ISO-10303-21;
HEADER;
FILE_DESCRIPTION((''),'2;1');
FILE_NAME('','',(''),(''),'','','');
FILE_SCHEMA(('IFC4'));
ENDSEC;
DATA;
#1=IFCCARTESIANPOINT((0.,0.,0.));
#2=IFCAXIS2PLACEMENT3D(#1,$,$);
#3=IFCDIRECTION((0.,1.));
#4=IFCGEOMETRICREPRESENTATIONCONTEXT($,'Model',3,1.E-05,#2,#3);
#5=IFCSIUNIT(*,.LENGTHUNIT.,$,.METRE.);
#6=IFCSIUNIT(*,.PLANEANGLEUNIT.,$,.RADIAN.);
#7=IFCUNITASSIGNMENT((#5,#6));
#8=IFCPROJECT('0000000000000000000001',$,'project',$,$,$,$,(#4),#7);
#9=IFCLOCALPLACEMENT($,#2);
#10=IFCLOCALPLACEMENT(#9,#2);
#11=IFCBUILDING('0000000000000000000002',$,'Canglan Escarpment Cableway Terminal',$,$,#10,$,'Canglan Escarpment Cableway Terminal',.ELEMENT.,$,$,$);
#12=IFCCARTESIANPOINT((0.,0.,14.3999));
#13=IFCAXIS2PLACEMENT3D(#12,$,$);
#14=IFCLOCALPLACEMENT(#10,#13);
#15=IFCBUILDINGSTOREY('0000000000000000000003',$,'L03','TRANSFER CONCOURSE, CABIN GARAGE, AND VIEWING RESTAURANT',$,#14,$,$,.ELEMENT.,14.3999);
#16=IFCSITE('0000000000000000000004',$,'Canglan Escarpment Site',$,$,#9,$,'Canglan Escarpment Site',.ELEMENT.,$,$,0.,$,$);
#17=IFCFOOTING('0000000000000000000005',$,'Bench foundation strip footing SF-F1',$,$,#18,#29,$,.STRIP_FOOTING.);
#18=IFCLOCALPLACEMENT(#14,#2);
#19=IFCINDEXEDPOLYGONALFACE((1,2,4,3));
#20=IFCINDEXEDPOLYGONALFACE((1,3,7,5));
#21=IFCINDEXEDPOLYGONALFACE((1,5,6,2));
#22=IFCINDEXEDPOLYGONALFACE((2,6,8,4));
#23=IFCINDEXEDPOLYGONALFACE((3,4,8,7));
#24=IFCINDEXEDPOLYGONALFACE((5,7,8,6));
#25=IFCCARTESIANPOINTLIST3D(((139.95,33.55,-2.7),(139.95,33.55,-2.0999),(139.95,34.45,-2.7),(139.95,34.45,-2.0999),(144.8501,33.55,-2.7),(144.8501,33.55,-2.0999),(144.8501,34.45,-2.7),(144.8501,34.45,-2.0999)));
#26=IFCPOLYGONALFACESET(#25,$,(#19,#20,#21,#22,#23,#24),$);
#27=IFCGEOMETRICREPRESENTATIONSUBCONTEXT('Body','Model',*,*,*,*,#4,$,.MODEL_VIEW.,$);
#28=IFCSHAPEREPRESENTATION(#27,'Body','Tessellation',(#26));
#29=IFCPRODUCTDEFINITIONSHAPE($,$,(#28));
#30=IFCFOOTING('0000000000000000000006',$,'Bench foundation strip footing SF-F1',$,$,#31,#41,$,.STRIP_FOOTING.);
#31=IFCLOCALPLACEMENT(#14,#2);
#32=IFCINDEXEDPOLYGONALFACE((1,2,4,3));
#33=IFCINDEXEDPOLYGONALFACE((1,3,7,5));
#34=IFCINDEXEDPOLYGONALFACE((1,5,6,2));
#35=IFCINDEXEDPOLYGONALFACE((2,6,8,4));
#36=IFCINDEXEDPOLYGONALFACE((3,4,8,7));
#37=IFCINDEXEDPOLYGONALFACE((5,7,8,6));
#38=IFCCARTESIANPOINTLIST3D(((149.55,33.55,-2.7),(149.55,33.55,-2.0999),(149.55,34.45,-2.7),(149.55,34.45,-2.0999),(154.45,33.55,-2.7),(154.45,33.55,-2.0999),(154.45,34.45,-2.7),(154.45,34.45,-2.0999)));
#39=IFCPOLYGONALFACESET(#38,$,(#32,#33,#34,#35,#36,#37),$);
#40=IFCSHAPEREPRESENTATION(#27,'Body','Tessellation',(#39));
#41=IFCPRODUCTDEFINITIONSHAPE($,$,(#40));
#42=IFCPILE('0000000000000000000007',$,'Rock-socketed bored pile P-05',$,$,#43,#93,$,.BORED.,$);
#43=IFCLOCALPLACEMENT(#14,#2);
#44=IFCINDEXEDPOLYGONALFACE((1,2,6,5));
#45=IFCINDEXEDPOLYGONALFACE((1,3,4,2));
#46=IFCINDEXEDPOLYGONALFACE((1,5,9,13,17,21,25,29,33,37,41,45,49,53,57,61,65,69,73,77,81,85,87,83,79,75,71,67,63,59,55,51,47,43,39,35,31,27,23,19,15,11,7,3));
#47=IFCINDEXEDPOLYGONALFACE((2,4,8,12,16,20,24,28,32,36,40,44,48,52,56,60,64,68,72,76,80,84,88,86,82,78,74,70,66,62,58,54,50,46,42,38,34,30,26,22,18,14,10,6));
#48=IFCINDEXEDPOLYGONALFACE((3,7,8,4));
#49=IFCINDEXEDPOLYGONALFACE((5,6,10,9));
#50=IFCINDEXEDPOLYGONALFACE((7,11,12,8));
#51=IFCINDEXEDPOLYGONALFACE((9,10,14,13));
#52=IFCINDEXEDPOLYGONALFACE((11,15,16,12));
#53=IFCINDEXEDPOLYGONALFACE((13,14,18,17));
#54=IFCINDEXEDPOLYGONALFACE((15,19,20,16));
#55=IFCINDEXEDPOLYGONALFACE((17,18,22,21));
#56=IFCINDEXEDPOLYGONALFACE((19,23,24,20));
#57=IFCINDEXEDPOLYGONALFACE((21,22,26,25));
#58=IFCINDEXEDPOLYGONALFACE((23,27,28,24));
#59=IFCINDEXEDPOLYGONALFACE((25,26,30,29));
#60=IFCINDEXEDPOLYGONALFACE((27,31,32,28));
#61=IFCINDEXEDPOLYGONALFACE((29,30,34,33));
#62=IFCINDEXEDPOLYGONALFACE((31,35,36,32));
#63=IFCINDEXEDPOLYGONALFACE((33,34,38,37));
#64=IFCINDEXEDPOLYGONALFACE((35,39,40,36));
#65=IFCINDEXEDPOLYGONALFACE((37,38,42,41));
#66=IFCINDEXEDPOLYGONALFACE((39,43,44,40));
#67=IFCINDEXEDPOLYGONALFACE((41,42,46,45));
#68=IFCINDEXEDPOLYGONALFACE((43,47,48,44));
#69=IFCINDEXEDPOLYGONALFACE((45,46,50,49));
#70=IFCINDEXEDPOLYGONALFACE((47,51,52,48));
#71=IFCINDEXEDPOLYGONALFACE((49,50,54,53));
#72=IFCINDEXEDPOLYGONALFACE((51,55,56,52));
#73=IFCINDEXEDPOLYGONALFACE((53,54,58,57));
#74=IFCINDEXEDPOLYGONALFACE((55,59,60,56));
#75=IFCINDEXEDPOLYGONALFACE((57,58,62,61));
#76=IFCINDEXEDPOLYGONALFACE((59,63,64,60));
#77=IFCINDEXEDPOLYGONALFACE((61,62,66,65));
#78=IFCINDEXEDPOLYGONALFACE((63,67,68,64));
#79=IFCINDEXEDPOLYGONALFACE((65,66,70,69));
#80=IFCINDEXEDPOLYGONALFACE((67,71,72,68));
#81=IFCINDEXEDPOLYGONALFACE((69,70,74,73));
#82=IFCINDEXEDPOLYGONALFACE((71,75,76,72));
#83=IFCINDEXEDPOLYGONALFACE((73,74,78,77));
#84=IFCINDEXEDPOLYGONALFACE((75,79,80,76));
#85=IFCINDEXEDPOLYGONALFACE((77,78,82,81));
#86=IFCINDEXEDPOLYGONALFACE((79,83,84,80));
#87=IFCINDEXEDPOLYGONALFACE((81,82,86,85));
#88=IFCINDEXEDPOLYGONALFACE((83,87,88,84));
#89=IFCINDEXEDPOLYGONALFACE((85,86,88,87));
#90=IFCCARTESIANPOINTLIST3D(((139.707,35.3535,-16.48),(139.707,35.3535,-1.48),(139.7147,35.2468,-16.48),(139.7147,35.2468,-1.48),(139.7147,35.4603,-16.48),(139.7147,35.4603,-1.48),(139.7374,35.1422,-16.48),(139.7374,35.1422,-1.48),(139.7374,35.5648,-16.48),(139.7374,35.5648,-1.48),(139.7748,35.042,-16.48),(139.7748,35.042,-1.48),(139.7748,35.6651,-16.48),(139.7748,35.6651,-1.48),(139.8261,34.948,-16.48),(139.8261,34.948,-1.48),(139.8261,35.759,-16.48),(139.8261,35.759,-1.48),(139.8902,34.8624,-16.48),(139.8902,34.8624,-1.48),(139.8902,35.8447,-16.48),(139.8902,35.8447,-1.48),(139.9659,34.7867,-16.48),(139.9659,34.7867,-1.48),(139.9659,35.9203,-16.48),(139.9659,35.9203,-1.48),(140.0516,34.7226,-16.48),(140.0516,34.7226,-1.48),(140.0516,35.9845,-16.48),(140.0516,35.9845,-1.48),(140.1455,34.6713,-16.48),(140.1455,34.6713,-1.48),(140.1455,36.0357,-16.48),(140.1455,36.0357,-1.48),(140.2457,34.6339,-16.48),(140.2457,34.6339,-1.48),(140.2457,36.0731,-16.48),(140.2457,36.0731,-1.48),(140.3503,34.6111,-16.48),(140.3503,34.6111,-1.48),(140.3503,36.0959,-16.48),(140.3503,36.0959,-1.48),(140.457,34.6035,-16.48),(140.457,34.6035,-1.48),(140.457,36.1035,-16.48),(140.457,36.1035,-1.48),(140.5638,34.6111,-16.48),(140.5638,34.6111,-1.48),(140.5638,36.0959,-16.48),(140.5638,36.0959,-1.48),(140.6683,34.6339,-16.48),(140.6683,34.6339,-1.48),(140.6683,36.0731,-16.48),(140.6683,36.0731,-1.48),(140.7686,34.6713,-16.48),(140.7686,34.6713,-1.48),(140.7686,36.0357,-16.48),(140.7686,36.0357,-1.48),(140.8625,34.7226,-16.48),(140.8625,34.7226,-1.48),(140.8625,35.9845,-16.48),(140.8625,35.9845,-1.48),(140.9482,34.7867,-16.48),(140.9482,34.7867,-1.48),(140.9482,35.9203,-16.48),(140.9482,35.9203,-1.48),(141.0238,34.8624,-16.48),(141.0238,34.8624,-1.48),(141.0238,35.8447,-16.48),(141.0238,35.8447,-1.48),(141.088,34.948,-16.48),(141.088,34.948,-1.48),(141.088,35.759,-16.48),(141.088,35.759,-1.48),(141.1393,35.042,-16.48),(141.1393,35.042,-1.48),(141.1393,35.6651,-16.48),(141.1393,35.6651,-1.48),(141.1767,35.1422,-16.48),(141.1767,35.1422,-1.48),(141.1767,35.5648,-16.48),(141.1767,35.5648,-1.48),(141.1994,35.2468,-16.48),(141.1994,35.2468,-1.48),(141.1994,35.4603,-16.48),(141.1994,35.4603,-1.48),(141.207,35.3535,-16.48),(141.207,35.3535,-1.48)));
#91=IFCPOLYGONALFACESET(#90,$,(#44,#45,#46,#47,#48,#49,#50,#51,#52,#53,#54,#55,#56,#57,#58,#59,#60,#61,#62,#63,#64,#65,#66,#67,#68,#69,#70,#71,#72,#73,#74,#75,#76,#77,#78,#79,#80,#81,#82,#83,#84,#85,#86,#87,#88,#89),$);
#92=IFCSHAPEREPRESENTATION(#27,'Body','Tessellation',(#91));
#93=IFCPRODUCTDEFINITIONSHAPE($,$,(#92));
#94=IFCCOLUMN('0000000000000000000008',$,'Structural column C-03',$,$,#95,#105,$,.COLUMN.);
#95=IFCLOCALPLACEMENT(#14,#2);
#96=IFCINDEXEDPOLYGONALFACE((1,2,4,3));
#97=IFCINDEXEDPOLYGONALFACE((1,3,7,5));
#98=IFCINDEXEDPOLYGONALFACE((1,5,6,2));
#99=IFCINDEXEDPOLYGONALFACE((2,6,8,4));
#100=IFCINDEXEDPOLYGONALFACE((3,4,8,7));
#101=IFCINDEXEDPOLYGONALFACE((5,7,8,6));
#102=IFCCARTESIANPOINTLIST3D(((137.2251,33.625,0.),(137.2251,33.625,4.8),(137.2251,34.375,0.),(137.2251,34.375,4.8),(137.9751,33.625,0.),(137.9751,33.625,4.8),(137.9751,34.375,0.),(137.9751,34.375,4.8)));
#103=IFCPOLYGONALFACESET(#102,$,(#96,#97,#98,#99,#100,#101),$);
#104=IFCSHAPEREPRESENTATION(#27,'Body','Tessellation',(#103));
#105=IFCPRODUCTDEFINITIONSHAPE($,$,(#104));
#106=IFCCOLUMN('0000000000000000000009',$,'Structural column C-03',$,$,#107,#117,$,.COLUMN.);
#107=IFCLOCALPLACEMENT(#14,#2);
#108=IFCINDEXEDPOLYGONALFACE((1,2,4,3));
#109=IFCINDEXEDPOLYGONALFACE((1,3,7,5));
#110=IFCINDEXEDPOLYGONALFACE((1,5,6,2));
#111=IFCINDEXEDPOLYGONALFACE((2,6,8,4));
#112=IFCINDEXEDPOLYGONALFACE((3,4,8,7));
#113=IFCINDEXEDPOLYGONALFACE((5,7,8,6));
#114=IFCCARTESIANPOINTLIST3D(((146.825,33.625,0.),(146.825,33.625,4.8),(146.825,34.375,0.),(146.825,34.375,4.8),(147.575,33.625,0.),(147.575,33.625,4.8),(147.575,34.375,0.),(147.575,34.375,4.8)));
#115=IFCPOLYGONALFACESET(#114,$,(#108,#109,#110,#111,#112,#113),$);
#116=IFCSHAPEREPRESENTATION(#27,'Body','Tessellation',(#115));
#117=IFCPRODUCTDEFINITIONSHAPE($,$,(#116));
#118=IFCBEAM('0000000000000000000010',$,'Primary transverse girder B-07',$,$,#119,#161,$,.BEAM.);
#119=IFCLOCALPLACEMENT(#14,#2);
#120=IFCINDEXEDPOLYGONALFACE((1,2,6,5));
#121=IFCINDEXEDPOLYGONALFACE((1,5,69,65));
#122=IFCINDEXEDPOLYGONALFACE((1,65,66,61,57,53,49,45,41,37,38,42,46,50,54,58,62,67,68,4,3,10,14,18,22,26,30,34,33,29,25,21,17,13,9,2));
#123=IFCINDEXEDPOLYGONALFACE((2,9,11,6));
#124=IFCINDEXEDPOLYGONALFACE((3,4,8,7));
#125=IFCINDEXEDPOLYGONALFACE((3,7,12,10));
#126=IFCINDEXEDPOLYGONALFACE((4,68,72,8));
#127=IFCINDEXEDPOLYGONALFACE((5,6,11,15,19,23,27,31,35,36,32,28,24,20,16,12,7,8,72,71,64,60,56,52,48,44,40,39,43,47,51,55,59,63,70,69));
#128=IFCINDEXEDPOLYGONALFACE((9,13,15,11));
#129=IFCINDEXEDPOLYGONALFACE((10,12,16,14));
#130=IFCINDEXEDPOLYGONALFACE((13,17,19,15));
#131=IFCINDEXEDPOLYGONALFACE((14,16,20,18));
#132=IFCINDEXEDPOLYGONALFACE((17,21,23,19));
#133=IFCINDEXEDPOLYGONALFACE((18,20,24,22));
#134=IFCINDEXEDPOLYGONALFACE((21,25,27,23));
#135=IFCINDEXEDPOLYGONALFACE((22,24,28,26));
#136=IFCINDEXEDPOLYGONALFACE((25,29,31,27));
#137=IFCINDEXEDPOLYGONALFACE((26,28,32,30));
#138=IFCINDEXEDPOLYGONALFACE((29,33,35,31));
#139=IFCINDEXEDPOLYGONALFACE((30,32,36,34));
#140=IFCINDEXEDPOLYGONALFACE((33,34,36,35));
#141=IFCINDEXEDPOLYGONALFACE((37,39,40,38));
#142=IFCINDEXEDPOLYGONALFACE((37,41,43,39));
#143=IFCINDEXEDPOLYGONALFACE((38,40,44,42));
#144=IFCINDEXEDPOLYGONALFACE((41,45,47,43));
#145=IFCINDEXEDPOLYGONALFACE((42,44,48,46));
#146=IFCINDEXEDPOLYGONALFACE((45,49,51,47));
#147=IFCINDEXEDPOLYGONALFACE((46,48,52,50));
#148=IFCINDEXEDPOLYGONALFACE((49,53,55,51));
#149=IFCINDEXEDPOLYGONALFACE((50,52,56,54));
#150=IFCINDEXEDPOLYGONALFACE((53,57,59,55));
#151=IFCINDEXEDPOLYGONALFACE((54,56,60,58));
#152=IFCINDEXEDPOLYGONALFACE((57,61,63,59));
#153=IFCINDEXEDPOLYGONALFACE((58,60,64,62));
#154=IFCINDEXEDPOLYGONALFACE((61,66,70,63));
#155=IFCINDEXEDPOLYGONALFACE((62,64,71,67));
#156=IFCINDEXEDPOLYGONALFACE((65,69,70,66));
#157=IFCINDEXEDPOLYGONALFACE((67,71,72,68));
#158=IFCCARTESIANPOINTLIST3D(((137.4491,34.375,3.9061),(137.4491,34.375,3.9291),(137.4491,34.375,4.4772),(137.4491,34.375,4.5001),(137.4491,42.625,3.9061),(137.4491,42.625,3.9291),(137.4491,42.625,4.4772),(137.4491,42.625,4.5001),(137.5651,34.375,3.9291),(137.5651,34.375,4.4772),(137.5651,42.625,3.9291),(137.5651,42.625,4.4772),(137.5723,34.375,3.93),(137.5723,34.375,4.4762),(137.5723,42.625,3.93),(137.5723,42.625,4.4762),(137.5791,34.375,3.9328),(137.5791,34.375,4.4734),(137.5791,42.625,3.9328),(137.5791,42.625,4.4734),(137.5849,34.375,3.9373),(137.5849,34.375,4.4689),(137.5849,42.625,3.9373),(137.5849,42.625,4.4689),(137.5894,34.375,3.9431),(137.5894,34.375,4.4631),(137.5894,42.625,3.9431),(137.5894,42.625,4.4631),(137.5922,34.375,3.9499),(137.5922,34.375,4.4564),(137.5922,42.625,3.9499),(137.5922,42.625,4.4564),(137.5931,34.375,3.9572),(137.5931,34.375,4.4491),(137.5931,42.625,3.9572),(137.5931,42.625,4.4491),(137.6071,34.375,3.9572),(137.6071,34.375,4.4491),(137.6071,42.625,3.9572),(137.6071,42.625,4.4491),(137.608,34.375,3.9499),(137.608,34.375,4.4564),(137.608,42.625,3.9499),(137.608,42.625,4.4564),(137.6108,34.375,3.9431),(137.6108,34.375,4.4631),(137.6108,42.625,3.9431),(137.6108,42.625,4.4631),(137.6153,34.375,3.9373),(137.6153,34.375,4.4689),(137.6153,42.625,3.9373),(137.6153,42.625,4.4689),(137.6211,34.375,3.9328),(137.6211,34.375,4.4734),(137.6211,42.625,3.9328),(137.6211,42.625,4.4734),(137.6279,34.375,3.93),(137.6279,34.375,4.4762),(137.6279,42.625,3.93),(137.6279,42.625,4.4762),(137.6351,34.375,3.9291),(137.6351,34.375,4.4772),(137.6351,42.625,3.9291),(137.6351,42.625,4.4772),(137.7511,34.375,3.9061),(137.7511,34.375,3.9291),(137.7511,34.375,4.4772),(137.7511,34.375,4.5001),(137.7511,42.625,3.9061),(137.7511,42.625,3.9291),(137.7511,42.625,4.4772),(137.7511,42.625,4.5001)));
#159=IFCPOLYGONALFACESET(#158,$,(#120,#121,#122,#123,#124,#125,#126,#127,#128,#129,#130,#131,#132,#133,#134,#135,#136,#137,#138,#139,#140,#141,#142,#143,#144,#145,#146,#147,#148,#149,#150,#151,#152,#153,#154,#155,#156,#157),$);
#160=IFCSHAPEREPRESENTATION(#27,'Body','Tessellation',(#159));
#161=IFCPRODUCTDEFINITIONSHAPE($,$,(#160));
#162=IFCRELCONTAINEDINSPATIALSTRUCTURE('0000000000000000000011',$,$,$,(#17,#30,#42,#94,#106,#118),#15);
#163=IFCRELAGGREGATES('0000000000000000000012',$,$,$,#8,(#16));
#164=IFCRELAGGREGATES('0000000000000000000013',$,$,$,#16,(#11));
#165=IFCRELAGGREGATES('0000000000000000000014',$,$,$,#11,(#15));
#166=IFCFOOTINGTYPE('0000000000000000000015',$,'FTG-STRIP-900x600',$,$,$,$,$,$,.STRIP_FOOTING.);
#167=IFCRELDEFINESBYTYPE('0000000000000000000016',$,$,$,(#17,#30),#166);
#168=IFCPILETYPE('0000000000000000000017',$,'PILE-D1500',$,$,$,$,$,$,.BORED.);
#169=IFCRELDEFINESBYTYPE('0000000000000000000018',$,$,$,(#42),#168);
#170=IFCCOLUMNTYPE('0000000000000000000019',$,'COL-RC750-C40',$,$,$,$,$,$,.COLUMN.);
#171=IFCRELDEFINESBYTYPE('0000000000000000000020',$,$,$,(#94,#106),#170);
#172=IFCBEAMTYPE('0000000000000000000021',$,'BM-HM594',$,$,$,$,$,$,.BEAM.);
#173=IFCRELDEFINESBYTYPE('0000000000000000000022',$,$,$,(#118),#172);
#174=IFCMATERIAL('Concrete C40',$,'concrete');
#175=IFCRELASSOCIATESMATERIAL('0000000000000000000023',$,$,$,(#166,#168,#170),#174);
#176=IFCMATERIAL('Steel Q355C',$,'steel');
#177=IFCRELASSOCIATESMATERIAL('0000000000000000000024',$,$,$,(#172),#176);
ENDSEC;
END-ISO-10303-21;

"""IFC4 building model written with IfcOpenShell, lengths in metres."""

from ifc_helpers import new_model, si_unit, direction, frame, origin, origin_2d, place, context, subcontext, project, spatial, rectangle, circle, i_section, extrude, material, material_profile, profile_set, type_object, element, save


model = new_model("IFC4")

# Units and contexts
model_context = context("Model", 3, precision=1e-05, world=origin(), true_north=direction((0.0, 1.0)))
body_context = subcontext(model_context, "Body", "Model", "MODEL_VIEW")
ifc_project = project(units=[si_unit("LENGTHUNIT", "METRE"), si_unit("PLANEANGLEUNIT", "RADIAN")], contexts=[model_context])

# Site, building, storey
site_placement = place(None, origin())
site = spatial("IfcSite", under=ifc_project, at=site_placement, Name="Canglan Escarpment Site", LongName="Canglan Escarpment Site", CompositionType="ELEMENT", RefElevation=0.0)
building_placement = place(site_placement, origin())
building = spatial("IfcBuilding", under=site, at=building_placement, Name="Canglan Escarpment Cableway Terminal", LongName="Canglan Escarpment Cableway Terminal", CompositionType="ELEMENT")
storey_placement = place(building_placement, frame((0.0, 0.0, 14.3999)))
storey = spatial("IfcBuildingStorey", under=building, at=storey_placement, Name="L03", Description="TRANSFER CONCOURSE, CABIN GARAGE, AND VIEWING RESTAURANT", CompositionType="ELEMENT", Elevation=14.3999)

# Footings
ifc_material_1 = material(Name="Concrete C40", Category="concrete")
ifc_material_profile_1 = material_profile(ifc_material_1, rectangle(XDim=0.8999, YDim=0.6001, at=origin_2d()), Name="SF 900x600")
ifc_profile_set_1 = profile_set([ifc_material_profile_1], Name="Concrete C40")
footing_type = type_object("IfcFootingType", Name="FTG-STRIP-900x600", PredefinedType="STRIP_FOOTING", material=ifc_profile_set_1)
footing_1_placement = place(storey_placement, frame((139.95, 34.0, -2.3999), z_axis=(1.0, 0.0, 0.0), x_axis=(0.0, 1.0, 0.0)))
element("IfcFooting", 1, at=footing_1_placement, inside=storey, type_object=footing_type, Name="Bench foundation strip footing SF-F1", PredefinedType="STRIP_FOOTING", context=body_context, shape_type="SweptSolid", body=[
    extrude(rectangle(XDim=0.8999, YDim=0.6001, at=origin_2d()), origin(), (0.0, 0.0, 1.0), 4.9001),
])
footing_2_placement = place(storey_placement, frame((149.55, 34.0, -2.3999), z_axis=(1.0, 0.0, 0.0), x_axis=(0.0, 1.0, 0.0)))
element("IfcFooting", 2, at=footing_2_placement, inside=storey, type_object=footing_type, Name="Bench foundation strip footing SF-F1", PredefinedType="STRIP_FOOTING", context=body_context, shape_type="SweptSolid", body=[
    extrude(rectangle(XDim=0.8999, YDim=0.6001, at=origin_2d()), origin(), (0.0, 0.0, 1.0), 4.8999),
])

# Pile
ifc_material_profile_2 = material_profile(ifc_material_1, circle(Radius=0.75, at=origin_2d()), Name="BORED PILE D1500")
ifc_profile_set_2 = profile_set([ifc_material_profile_2], Name="Concrete C40")
pile_type = type_object("IfcPileType", Name="PILE-D1500", PredefinedType="BORED", material=ifc_profile_set_2)
pile_placement = place(storey_placement, frame((140.457, 35.3535, -1.48), z_axis=(0.0, 0.0, -1.0), x_axis=(1.0, 0.0, 0.0)))
element("IfcPile", 3, at=pile_placement, inside=storey, type_object=pile_type, Name="Rock-socketed bored pile P-05", PredefinedType="BORED", context=body_context, shape_type="SweptSolid", body=[
    extrude(circle(Radius=0.75, at=origin_2d()), origin(), (0.0, 0.0, 1.0), 15.0),
])

# Columns
ifc_material_profile_3 = material_profile(ifc_material_1, rectangle(XDim=0.75, YDim=0.75, at=origin_2d()), Name="RC 750x750")
ifc_profile_set_3 = profile_set([ifc_material_profile_3], Name="Concrete C40")
column_type = type_object("IfcColumnType", Name="COL-RC750-C40", PredefinedType="COLUMN", material=ifc_profile_set_3)
for number, where, z_axis, x_axis, name in (
    (4, (137.6001, 34.0, 0.0), (0.0, 0.0, 1.0), (1.0, 0.0, 0.0), "Structural column C-03"),
    (5, (147.2, 34.0, 0.0), (0.0, 0.0, 1.0), (1.0, 0.0, 0.0), "Structural column C-03"),
):
    element("IfcColumn", number, at=place(storey_placement, frame(where, z_axis=z_axis, x_axis=x_axis)), inside=storey, type_object=column_type, Name=name, PredefinedType="COLUMN", context=body_context, shape_type="SweptSolid", body=[
        extrude(rectangle(XDim=0.75, YDim=0.75, at=origin_2d()), origin(), (0.0, 0.0, 1.0), 4.8),
    ])

# Beam
ifc_material_2 = material(Name="Steel Q355C", Category="steel")
ifc_material_profile_4 = material_profile(ifc_material_2, i_section(OverallWidth=0.302, OverallDepth=0.594, WebThickness=0.0139, FlangeThickness=0.0229, FilletRadius=0.0281, at=origin_2d()), Name="HM 594x302x14x23")
ifc_profile_set_4 = profile_set([ifc_material_profile_4], Name="Steel Q355C")
beam_type_1 = type_object("IfcBeamType", Name="BM-HM594", PredefinedType="BEAM", material=ifc_profile_set_4)
for number, where, z_axis, x_axis, name in (
    (6, (137.6001, 34.375, 4.2031), (0.0, 1.0, 0.0), (-1.0, 0.0, 0.0), "Primary transverse girder B-07"),
):
    element("IfcBeam", number, at=place(storey_placement, frame(where, z_axis=z_axis, x_axis=x_axis)), inside=storey, type_object=beam_type_1, Name=name, PredefinedType="BEAM", context=body_context, shape_type="SweptSolid", body=[
        extrude(i_section(OverallWidth=0.302, OverallDepth=0.594, WebThickness=0.0139, FlangeThickness=0.0229, FilletRadius=0.0281, at=origin_2d()), origin(), (0.0, 0.0, 1.0), 8.25),
    ])

save(model, "model.ifc")
